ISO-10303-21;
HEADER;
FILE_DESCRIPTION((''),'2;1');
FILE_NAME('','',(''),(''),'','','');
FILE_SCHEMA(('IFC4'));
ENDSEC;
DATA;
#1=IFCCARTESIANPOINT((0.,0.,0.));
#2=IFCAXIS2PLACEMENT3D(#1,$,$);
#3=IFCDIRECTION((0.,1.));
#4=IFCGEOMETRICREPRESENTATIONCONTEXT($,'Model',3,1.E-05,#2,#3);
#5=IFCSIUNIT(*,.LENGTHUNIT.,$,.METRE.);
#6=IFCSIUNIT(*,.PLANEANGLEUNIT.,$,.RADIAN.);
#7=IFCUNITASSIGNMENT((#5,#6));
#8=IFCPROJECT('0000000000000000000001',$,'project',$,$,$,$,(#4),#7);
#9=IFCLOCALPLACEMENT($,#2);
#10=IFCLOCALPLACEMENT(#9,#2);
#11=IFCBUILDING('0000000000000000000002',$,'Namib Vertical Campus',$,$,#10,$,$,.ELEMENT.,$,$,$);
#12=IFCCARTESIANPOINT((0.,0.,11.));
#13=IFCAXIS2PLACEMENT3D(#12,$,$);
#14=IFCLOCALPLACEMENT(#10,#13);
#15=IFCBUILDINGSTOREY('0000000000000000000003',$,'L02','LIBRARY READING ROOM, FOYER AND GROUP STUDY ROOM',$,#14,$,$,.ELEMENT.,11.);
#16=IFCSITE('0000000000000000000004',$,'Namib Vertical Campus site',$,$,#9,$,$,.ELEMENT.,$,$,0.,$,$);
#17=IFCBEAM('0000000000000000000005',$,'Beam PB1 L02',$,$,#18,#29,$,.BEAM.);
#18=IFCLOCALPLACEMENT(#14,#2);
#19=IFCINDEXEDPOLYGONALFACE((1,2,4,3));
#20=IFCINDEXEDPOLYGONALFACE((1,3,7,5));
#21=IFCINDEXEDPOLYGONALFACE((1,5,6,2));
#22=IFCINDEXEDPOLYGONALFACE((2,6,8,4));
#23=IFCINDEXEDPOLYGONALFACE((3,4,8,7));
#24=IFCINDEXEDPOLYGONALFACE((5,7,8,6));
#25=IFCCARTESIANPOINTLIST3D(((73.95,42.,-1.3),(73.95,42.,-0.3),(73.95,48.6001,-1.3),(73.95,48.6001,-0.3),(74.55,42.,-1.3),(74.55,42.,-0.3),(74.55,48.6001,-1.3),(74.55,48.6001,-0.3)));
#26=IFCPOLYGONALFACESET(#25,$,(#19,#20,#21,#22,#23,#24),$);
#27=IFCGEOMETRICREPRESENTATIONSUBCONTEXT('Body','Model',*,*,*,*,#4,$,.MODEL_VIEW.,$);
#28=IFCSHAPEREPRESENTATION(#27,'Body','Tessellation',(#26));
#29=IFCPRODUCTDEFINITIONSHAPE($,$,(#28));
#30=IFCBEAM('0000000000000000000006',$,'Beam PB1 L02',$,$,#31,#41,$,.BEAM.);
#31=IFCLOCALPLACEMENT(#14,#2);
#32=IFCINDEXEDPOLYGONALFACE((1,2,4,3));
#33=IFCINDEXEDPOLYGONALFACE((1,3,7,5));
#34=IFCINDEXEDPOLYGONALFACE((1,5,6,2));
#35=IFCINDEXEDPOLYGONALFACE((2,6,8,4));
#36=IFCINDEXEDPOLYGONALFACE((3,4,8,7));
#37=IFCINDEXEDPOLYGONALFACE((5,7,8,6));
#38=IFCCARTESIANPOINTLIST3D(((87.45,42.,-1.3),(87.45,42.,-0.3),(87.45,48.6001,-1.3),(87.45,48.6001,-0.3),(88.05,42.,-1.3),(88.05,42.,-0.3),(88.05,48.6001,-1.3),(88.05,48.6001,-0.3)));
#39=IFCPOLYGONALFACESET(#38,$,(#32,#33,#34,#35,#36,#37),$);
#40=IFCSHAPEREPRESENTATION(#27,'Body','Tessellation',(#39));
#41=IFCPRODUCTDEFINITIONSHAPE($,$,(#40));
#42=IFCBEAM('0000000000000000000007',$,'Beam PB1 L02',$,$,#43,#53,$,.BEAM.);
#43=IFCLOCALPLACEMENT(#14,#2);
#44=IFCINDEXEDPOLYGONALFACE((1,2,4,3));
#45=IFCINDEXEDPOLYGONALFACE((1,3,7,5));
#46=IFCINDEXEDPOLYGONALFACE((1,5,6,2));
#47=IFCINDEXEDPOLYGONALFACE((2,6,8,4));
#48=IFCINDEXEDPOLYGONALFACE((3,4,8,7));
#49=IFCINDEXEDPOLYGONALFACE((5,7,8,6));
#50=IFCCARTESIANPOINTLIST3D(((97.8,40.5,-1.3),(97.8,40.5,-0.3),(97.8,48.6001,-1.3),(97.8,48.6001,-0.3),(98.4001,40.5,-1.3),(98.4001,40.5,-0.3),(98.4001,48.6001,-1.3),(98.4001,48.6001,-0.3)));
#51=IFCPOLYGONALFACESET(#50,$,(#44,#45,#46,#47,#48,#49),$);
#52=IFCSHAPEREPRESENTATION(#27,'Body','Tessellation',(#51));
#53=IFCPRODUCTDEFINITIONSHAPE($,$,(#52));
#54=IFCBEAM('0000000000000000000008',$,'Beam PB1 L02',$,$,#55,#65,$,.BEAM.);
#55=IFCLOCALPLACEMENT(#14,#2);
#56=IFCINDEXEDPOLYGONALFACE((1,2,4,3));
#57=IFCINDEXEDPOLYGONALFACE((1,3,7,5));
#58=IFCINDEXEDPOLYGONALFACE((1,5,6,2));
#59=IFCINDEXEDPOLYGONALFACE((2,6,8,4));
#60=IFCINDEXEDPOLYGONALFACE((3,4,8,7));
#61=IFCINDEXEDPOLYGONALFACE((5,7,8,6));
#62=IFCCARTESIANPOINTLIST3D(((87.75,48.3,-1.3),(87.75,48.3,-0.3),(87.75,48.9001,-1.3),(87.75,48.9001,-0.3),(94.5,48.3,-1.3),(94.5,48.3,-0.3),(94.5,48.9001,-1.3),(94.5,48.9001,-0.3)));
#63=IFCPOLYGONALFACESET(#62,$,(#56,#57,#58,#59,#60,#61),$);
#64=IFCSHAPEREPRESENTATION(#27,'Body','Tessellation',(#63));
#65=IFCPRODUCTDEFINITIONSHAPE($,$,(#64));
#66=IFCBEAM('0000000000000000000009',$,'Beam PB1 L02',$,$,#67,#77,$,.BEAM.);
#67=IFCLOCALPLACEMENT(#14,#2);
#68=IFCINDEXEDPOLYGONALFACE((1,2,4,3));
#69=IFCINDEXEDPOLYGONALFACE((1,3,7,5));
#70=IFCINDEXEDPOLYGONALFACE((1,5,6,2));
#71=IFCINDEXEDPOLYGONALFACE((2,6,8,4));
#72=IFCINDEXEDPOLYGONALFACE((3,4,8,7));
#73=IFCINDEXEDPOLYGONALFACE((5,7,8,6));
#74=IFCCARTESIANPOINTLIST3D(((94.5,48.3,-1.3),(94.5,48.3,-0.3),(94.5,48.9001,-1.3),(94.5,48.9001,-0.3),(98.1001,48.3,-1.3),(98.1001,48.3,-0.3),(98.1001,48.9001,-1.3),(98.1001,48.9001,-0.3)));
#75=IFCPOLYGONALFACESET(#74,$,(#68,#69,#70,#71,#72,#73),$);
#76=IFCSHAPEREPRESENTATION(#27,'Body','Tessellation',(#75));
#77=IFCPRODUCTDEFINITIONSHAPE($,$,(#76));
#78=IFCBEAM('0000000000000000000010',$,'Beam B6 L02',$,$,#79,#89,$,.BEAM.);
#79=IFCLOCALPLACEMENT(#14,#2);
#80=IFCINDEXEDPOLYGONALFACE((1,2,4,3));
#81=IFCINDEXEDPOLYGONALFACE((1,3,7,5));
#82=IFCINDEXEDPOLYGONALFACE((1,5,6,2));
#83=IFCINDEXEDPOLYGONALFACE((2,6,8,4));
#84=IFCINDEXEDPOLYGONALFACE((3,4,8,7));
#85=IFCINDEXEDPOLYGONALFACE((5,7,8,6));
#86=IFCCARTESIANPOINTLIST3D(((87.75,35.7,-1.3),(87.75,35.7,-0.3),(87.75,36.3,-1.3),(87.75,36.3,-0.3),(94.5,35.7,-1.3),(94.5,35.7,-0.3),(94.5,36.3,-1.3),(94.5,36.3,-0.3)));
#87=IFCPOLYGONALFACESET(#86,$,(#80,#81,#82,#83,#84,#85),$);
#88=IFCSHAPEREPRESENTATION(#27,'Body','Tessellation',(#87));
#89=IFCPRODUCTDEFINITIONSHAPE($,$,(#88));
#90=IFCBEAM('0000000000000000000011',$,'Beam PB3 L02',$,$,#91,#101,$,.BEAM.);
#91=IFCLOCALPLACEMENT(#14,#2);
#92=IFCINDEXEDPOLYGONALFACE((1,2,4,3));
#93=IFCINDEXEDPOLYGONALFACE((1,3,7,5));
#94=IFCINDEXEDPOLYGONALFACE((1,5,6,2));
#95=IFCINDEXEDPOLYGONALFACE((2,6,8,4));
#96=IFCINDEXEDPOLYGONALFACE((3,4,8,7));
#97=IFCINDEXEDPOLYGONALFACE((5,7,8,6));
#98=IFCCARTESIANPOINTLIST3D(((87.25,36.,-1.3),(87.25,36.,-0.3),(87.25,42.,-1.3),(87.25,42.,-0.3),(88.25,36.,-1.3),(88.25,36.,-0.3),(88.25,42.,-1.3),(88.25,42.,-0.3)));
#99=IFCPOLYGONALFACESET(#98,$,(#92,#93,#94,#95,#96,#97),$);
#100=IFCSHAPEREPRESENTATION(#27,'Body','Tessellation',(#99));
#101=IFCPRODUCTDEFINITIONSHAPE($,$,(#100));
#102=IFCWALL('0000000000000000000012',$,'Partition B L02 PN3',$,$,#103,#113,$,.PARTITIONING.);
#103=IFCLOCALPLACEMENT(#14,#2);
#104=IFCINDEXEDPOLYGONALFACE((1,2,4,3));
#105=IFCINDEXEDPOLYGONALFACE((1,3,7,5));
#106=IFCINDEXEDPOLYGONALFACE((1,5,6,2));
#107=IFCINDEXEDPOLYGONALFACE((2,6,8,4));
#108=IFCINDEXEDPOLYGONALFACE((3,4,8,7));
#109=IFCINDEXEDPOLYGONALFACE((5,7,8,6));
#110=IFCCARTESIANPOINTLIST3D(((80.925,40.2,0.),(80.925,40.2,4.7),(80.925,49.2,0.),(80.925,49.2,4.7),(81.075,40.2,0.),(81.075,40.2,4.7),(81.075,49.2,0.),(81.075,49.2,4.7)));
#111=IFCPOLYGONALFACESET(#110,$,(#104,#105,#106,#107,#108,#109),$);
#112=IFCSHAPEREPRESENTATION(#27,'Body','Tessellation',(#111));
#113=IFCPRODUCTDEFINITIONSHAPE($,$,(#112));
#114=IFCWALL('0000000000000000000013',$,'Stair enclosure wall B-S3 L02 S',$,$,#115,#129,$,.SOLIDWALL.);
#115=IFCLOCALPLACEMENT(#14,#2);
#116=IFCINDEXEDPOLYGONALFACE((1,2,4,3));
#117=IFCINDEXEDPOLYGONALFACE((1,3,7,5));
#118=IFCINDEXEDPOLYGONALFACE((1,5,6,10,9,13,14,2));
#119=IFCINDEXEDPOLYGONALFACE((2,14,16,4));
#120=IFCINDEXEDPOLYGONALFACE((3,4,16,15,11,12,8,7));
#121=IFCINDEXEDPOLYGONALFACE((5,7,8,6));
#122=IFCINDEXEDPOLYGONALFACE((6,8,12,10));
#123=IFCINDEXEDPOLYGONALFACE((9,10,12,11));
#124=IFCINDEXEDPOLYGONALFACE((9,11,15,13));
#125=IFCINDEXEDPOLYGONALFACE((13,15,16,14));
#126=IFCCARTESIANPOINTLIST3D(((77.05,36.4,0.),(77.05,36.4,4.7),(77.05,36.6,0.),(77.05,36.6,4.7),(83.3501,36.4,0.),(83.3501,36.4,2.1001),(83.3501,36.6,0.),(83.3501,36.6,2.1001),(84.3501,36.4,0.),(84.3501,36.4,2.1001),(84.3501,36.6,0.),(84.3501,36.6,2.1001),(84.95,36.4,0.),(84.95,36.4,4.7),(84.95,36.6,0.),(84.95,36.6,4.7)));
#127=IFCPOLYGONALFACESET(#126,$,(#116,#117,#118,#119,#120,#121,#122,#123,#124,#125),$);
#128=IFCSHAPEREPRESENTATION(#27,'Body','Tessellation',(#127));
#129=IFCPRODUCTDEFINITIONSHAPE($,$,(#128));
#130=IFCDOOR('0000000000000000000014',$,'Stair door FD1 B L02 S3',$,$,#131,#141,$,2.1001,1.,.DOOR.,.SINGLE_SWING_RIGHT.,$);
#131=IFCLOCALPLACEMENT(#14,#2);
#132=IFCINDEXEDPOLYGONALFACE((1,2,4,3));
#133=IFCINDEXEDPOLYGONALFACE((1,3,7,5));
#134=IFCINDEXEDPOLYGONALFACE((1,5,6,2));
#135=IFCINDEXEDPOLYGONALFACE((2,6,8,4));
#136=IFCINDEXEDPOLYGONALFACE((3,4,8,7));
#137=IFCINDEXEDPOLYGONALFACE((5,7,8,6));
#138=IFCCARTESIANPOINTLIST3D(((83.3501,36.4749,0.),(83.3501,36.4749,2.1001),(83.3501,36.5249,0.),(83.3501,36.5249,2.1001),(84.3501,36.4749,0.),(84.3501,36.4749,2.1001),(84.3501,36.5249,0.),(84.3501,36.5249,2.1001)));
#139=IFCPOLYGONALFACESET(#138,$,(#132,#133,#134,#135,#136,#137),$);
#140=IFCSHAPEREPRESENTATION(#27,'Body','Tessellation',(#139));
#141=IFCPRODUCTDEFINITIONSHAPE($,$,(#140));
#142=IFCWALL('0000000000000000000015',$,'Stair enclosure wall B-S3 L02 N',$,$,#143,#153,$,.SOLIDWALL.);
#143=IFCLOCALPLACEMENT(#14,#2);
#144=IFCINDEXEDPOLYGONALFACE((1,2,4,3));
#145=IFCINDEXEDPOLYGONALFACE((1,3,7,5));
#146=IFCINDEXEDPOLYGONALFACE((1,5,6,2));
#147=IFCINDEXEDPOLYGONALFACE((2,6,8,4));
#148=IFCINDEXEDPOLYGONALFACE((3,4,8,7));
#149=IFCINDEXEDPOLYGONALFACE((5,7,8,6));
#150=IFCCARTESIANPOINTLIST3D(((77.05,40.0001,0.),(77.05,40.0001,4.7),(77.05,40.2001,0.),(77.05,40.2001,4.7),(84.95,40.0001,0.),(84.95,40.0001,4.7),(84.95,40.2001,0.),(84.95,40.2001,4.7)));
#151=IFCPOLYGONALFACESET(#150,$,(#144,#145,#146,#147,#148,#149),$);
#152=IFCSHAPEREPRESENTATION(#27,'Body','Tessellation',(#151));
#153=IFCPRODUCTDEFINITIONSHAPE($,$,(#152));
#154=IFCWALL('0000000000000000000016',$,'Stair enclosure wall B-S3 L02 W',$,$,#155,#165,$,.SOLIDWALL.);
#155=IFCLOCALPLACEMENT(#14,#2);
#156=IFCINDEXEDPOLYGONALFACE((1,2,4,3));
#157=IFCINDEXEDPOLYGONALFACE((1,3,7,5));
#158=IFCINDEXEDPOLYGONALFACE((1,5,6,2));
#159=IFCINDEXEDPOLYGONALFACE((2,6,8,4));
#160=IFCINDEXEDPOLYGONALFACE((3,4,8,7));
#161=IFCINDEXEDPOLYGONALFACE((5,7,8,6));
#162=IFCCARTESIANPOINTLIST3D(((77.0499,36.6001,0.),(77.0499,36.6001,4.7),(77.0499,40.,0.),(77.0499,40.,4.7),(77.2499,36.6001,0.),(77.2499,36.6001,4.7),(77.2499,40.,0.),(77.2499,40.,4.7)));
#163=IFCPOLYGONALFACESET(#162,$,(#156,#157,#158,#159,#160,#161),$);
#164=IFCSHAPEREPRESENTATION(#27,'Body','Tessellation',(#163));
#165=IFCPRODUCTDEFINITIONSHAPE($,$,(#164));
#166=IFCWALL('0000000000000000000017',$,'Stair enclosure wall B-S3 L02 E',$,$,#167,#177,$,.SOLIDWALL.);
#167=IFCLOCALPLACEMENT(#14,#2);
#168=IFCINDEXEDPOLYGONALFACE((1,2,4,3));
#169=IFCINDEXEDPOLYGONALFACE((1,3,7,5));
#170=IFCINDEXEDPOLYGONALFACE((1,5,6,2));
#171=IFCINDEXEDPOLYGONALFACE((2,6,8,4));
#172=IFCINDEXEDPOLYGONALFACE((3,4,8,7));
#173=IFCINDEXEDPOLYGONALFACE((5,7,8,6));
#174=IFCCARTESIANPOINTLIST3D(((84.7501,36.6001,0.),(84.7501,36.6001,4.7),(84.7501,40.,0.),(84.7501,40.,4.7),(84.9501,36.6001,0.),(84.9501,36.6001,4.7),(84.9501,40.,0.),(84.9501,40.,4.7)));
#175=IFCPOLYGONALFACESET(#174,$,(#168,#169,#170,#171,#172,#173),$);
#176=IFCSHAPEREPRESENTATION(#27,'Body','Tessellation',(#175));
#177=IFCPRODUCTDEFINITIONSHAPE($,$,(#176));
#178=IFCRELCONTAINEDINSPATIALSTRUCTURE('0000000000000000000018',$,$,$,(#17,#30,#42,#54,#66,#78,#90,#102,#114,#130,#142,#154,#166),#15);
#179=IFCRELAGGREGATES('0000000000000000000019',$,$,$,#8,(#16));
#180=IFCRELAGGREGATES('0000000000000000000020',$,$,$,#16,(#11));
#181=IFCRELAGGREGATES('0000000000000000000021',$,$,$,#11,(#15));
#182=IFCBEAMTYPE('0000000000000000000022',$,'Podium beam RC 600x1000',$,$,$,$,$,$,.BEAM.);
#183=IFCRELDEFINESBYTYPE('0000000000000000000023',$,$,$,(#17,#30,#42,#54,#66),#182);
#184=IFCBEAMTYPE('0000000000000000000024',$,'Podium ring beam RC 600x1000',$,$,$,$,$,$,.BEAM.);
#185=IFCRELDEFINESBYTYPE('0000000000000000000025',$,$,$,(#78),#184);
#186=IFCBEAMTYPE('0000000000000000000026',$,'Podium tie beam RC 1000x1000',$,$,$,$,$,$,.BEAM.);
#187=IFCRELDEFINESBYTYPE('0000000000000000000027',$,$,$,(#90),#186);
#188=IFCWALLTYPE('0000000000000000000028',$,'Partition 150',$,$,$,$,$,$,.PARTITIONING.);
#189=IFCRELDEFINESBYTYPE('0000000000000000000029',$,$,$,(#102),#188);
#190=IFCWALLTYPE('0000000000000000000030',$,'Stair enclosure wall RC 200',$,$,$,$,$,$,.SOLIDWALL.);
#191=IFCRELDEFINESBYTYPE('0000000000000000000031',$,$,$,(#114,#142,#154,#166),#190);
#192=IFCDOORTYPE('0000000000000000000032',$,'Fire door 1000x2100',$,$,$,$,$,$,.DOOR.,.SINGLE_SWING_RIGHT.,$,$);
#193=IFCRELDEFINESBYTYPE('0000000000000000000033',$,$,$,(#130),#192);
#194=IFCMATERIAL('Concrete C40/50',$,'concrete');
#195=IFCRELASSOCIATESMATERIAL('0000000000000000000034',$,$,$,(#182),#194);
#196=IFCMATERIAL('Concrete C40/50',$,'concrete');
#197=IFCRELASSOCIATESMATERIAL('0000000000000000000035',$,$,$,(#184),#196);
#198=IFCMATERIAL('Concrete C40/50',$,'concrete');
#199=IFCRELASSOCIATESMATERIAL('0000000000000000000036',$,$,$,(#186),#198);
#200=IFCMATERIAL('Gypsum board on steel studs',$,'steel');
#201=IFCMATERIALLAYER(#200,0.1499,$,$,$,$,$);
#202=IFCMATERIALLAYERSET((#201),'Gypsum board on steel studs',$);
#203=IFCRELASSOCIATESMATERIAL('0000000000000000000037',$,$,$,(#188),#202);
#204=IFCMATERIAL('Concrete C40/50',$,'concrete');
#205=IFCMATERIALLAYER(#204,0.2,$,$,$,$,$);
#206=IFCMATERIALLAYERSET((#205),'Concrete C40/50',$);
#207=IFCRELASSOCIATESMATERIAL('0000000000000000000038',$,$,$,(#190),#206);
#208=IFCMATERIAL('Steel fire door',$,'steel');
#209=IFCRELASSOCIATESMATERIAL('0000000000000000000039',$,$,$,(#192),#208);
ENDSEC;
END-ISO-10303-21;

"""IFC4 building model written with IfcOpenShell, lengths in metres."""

from ifc_helpers import new_model, si_unit, direction, frame, frame_2d, origin, origin_2d, place, context, subcontext, project, spatial, rectangle, extrude, material, layer, layer_set, material_profile, profile_set, type_object, element, fill, save


model = new_model("IFC4")

# Units and contexts
model_context = context("Model", 3, precision=1e-05, world=origin(), true_north=direction((0.0, 1.0)))
body_context = subcontext(model_context, "Body", "Model", "MODEL_VIEW")
ifc_project = project(units=[si_unit("LENGTHUNIT", "METRE"), si_unit("PLANEANGLEUNIT", "RADIAN")], contexts=[model_context])

# Site, building, storey
site_placement = place(None, origin())
site = spatial("IfcSite", under=ifc_project, at=site_placement, Name="Namib Vertical Campus site", CompositionType="ELEMENT", RefElevation=0.0)
building_placement = place(site_placement, origin())
building = spatial("IfcBuilding", under=site, at=building_placement, Name="Namib Vertical Campus", CompositionType="ELEMENT")
storey_placement = place(building_placement, frame((0.0, 0.0, 11.0)))
storey = spatial("IfcBuildingStorey", under=building, at=storey_placement, Name="L02", Description="LIBRARY READING ROOM, FOYER AND GROUP STUDY ROOM", CompositionType="ELEMENT", Elevation=11.0)

# Beams
ifc_material_1 = material(Name="Concrete C40/50", Category="concrete")
ifc_material_profile_1 = material_profile(ifc_material_1, rectangle(XDim=0.6001, YDim=1.0, at=origin_2d()))
ifc_profile_set_1 = profile_set([ifc_material_profile_1], Name="Concrete C40/50")
beam_type_1 = type_object("IfcBeamType", Name="Podium beam RC 600x1000", PredefinedType="BEAM", material=ifc_profile_set_1)
for number, where, z_axis, x_axis, name in (
    (1, (74.25, 42.0, -0.8), (0.0, 1.0, 0.0), (-1.0, 0.0, 0.0), "Beam PB1 L02"),
    (2, (87.75, 42.0, -0.8), (0.0, 1.0, 0.0), (-1.0, 0.0, 0.0), "Beam PB1 L02"),
):
    element("IfcBeam", number, at=place(storey_placement, frame(where, z_axis=z_axis, x_axis=x_axis)), inside=storey, type_object=beam_type_1, Name=name, PredefinedType="BEAM", context=body_context, shape_type="SweptSolid", body=[
        extrude(rectangle(XDim=0.6001, YDim=1.0, at=origin_2d()), origin(), (0.0, 0.0, 1.0), 6.6001),
    ])
beam_1_placement = place(storey_placement, frame((98.1001, 40.5, -0.8), z_axis=(0.0, 1.0, 0.0), x_axis=(-1.0, 0.0, 0.0)))
element("IfcBeam", 3, at=beam_1_placement, inside=storey, type_object=beam_type_1, Name="Beam PB1 L02", PredefinedType="BEAM", context=body_context, shape_type="SweptSolid", body=[
    extrude(rectangle(XDim=0.6001, YDim=1.0, at=origin_2d()), origin(), (0.0, 0.0, 1.0), 8.1001),
])
beam_2_placement = place(storey_placement, frame((87.75, 48.6001, -0.8), z_axis=(1.0, 0.0, 0.0), x_axis=(0.0, 1.0, 0.0)))
element("IfcBeam", 4, at=beam_2_placement, inside=storey, type_object=beam_type_1, Name="Beam PB1 L02", PredefinedType="BEAM", context=body_context, shape_type="SweptSolid", body=[
    extrude(rectangle(XDim=0.6001, YDim=1.0, at=origin_2d()), origin(), (0.0, 0.0, 1.0), 6.75),
])
beam_3_placement = place(storey_placement, frame((94.5, 48.6001, -0.8), z_axis=(1.0, 0.0, 0.0), x_axis=(0.0, 1.0, 0.0)))
element("IfcBeam", 5, at=beam_3_placement, inside=storey, type_object=beam_type_1, Name="Beam PB1 L02", PredefinedType="BEAM", context=body_context, shape_type="SweptSolid", body=[
    extrude(rectangle(XDim=0.6001, YDim=1.0, at=origin_2d()), origin(), (0.0, 0.0, 1.0), 3.6001),
])
ifc_material_2 = material(Name="Concrete C40/50", Category="concrete")
ifc_material_profile_2 = material_profile(ifc_material_2, rectangle(XDim=0.6001, YDim=1.0, at=origin_2d()))
ifc_profile_set_2 = profile_set([ifc_material_profile_2], Name="Concrete C40/50")
beam_type_2 = type_object("IfcBeamType", Name="Podium ring beam RC 600x1000", PredefinedType="BEAM", material=ifc_profile_set_2)
beam_4_placement = place(storey_placement, frame((87.75, 36.0, -0.8), z_axis=(1.0, 0.0, 0.0), x_axis=(0.0, 1.0, 0.0)))
element("IfcBeam", 6, at=beam_4_placement, inside=storey, type_object=beam_type_2, Name="Beam B6 L02", PredefinedType="BEAM", context=body_context, shape_type="SweptSolid", body=[
    extrude(rectangle(XDim=0.6001, YDim=1.0, at=origin_2d()), origin(), (0.0, 0.0, 1.0), 6.75),
])
ifc_material_3 = material(Name="Concrete C40/50", Category="concrete")
ifc_material_profile_3 = material_profile(ifc_material_3, rectangle(XDim=1.0, YDim=1.0, at=origin_2d()))
ifc_profile_set_3 = profile_set([ifc_material_profile_3], Name="Concrete C40/50")
beam_type_3 = type_object("IfcBeamType", Name="Podium tie beam RC 1000x1000", PredefinedType="BEAM", material=ifc_profile_set_3)
beam_5_placement = place(storey_placement, frame((87.75, 36.0, -0.8), z_axis=(0.0, 1.0, 0.0), x_axis=(-1.0, 0.0, 0.0)))
element("IfcBeam", 7, at=beam_5_placement, inside=storey, type_object=beam_type_3, Name="Beam PB3 L02", PredefinedType="BEAM", context=body_context, shape_type="SweptSolid", body=[
    extrude(rectangle(XDim=1.0, YDim=1.0, at=origin_2d()), origin(), (0.0, 0.0, 1.0), 6.0),
])

# Wall
ifc_material_4 = material(Name="Gypsum board on steel studs", Category="steel")
ifc_layer_1 = layer(ifc_material_4, 0.1499)
ifc_layer_set_1 = layer_set([ifc_layer_1], Name="Gypsum board on steel studs")
wall_type_1 = type_object("IfcWallType", Name="Partition 150", PredefinedType="PARTITIONING", material=ifc_layer_set_1)
wall_1_placement = place(storey_placement, frame((81.0, 40.2, 0.0), z_axis=(0.0, 0.0, 1.0), x_axis=(0.0, 1.0, 0.0)))
element("IfcWall", 8, at=wall_1_placement, inside=storey, type_object=wall_type_1, Name="Partition B L02 PN3", PredefinedType="PARTITIONING", context=body_context, shape_type="SweptSolid", body=[
    extrude(rectangle(XDim=9.0, YDim=0.1499, at=frame_2d((4.5, 0.0))), origin(), (0.0, 0.0, 1.0), 4.7),
])

# Wall, opening, door
ifc_material_5 = material(Name="Concrete C40/50", Category="concrete")
ifc_layer_2 = layer(ifc_material_5, 0.2)
ifc_layer_set_2 = layer_set([ifc_layer_2], Name="Concrete C40/50")
wall_type_2 = type_object("IfcWallType", Name="Stair enclosure wall RC 200", PredefinedType="SOLIDWALL", material=ifc_layer_set_2)
wall_2_placement = place(storey_placement, frame((77.05, 36.5, 0.0), z_axis=(0.0, 0.0, 1.0), x_axis=(1.0, 0.0, 0.0)))
wall_2 = element("IfcWall", 9, at=wall_2_placement, inside=storey, type_object=wall_type_2, Name="Stair enclosure wall B-S3 L02 S", PredefinedType="SOLIDWALL", context=body_context, shape_type="SweptSolid", body=[
    extrude(rectangle(XDim=7.8999, YDim=0.2, at=frame_2d((3.95, 0.0))), origin(), (0.0, 0.0, 1.0), 4.7),
])
opening_placement = place(wall_2_placement, frame((6.3, 0.0, 0.0)))
opening = element("IfcOpeningElement", 10, at=opening_placement, cuts=wall_2, PredefinedType="OPENING", context=body_context, shape_type="SweptSolid", body=[
    extrude(rectangle(XDim=1.0, YDim=2.1001, at=frame_2d((0.5, 1.05))), frame((0.0, 0.1099, 0.0), z_axis=(0.0, -1.0, 0.0), x_axis=(1.0, 0.0, 0.0)), (0.0, 0.0, 1.0), 0.22),
])
ifc_material_6 = material(Name="Steel fire door", Category="steel")
door_type = type_object("IfcDoorType", Name="Fire door 1000x2100", OperationType="SINGLE_SWING_RIGHT", PredefinedType="DOOR", material=ifc_material_6)
door_placement = place(opening_placement, origin())
door = element("IfcDoor", 11, at=door_placement, inside=storey, type_object=door_type, Name="Stair door FD1 B L02 S3", OperationType="SINGLE_SWING_RIGHT", OverallHeight=2.1001, OverallWidth=1.0, PredefinedType="DOOR", context=body_context, shape_type="SweptSolid", body=[
    extrude(rectangle(XDim=1.0, YDim=2.1001, at=frame_2d((0.5, 1.05))), frame((0.0, 0.0249, 0.0), z_axis=(0.0, -1.0, 0.0), x_axis=(1.0, 0.0, 0.0)), (0.0, 0.0, 1.0), 0.05),
])
fill(opening, door)

# Walls
wall_3_placement = place(storey_placement, frame((77.05, 40.1001, 0.0), z_axis=(0.0, 0.0, 1.0), x_axis=(1.0, 0.0, 0.0)))
element("IfcWall", 12, at=wall_3_placement, inside=storey, type_object=wall_type_2, Name="Stair enclosure wall B-S3 L02 N", PredefinedType="SOLIDWALL", context=body_context, shape_type="SweptSolid", body=[
    extrude(rectangle(XDim=7.8999, YDim=0.2, at=frame_2d((3.95, 0.0))), origin(), (0.0, 0.0, 1.0), 4.7),
])
for number, where, z_axis, x_axis, name in (
    (13, (77.1499, 36.6001, 0.0), (0.0, 0.0, 1.0), (0.0, 1.0, 0.0), "Stair enclosure wall B-S3 L02 W"),
    (14, (84.8501, 36.6001, 0.0), (0.0, 0.0, 1.0), (0.0, 1.0, 0.0), "Stair enclosure wall B-S3 L02 E"),
):
    element("IfcWall", number, at=place(storey_placement, frame(where, z_axis=z_axis, x_axis=x_axis)), inside=storey, type_object=wall_type_2, Name=name, PredefinedType="SOLIDWALL", context=body_context, shape_type="SweptSolid", body=[
        extrude(rectangle(XDim=3.3999, YDim=0.2, at=frame_2d((1.7, 0.0))), origin(), (0.0, 0.0, 1.0), 4.7),
    ])

save(model, "model.ifc")
